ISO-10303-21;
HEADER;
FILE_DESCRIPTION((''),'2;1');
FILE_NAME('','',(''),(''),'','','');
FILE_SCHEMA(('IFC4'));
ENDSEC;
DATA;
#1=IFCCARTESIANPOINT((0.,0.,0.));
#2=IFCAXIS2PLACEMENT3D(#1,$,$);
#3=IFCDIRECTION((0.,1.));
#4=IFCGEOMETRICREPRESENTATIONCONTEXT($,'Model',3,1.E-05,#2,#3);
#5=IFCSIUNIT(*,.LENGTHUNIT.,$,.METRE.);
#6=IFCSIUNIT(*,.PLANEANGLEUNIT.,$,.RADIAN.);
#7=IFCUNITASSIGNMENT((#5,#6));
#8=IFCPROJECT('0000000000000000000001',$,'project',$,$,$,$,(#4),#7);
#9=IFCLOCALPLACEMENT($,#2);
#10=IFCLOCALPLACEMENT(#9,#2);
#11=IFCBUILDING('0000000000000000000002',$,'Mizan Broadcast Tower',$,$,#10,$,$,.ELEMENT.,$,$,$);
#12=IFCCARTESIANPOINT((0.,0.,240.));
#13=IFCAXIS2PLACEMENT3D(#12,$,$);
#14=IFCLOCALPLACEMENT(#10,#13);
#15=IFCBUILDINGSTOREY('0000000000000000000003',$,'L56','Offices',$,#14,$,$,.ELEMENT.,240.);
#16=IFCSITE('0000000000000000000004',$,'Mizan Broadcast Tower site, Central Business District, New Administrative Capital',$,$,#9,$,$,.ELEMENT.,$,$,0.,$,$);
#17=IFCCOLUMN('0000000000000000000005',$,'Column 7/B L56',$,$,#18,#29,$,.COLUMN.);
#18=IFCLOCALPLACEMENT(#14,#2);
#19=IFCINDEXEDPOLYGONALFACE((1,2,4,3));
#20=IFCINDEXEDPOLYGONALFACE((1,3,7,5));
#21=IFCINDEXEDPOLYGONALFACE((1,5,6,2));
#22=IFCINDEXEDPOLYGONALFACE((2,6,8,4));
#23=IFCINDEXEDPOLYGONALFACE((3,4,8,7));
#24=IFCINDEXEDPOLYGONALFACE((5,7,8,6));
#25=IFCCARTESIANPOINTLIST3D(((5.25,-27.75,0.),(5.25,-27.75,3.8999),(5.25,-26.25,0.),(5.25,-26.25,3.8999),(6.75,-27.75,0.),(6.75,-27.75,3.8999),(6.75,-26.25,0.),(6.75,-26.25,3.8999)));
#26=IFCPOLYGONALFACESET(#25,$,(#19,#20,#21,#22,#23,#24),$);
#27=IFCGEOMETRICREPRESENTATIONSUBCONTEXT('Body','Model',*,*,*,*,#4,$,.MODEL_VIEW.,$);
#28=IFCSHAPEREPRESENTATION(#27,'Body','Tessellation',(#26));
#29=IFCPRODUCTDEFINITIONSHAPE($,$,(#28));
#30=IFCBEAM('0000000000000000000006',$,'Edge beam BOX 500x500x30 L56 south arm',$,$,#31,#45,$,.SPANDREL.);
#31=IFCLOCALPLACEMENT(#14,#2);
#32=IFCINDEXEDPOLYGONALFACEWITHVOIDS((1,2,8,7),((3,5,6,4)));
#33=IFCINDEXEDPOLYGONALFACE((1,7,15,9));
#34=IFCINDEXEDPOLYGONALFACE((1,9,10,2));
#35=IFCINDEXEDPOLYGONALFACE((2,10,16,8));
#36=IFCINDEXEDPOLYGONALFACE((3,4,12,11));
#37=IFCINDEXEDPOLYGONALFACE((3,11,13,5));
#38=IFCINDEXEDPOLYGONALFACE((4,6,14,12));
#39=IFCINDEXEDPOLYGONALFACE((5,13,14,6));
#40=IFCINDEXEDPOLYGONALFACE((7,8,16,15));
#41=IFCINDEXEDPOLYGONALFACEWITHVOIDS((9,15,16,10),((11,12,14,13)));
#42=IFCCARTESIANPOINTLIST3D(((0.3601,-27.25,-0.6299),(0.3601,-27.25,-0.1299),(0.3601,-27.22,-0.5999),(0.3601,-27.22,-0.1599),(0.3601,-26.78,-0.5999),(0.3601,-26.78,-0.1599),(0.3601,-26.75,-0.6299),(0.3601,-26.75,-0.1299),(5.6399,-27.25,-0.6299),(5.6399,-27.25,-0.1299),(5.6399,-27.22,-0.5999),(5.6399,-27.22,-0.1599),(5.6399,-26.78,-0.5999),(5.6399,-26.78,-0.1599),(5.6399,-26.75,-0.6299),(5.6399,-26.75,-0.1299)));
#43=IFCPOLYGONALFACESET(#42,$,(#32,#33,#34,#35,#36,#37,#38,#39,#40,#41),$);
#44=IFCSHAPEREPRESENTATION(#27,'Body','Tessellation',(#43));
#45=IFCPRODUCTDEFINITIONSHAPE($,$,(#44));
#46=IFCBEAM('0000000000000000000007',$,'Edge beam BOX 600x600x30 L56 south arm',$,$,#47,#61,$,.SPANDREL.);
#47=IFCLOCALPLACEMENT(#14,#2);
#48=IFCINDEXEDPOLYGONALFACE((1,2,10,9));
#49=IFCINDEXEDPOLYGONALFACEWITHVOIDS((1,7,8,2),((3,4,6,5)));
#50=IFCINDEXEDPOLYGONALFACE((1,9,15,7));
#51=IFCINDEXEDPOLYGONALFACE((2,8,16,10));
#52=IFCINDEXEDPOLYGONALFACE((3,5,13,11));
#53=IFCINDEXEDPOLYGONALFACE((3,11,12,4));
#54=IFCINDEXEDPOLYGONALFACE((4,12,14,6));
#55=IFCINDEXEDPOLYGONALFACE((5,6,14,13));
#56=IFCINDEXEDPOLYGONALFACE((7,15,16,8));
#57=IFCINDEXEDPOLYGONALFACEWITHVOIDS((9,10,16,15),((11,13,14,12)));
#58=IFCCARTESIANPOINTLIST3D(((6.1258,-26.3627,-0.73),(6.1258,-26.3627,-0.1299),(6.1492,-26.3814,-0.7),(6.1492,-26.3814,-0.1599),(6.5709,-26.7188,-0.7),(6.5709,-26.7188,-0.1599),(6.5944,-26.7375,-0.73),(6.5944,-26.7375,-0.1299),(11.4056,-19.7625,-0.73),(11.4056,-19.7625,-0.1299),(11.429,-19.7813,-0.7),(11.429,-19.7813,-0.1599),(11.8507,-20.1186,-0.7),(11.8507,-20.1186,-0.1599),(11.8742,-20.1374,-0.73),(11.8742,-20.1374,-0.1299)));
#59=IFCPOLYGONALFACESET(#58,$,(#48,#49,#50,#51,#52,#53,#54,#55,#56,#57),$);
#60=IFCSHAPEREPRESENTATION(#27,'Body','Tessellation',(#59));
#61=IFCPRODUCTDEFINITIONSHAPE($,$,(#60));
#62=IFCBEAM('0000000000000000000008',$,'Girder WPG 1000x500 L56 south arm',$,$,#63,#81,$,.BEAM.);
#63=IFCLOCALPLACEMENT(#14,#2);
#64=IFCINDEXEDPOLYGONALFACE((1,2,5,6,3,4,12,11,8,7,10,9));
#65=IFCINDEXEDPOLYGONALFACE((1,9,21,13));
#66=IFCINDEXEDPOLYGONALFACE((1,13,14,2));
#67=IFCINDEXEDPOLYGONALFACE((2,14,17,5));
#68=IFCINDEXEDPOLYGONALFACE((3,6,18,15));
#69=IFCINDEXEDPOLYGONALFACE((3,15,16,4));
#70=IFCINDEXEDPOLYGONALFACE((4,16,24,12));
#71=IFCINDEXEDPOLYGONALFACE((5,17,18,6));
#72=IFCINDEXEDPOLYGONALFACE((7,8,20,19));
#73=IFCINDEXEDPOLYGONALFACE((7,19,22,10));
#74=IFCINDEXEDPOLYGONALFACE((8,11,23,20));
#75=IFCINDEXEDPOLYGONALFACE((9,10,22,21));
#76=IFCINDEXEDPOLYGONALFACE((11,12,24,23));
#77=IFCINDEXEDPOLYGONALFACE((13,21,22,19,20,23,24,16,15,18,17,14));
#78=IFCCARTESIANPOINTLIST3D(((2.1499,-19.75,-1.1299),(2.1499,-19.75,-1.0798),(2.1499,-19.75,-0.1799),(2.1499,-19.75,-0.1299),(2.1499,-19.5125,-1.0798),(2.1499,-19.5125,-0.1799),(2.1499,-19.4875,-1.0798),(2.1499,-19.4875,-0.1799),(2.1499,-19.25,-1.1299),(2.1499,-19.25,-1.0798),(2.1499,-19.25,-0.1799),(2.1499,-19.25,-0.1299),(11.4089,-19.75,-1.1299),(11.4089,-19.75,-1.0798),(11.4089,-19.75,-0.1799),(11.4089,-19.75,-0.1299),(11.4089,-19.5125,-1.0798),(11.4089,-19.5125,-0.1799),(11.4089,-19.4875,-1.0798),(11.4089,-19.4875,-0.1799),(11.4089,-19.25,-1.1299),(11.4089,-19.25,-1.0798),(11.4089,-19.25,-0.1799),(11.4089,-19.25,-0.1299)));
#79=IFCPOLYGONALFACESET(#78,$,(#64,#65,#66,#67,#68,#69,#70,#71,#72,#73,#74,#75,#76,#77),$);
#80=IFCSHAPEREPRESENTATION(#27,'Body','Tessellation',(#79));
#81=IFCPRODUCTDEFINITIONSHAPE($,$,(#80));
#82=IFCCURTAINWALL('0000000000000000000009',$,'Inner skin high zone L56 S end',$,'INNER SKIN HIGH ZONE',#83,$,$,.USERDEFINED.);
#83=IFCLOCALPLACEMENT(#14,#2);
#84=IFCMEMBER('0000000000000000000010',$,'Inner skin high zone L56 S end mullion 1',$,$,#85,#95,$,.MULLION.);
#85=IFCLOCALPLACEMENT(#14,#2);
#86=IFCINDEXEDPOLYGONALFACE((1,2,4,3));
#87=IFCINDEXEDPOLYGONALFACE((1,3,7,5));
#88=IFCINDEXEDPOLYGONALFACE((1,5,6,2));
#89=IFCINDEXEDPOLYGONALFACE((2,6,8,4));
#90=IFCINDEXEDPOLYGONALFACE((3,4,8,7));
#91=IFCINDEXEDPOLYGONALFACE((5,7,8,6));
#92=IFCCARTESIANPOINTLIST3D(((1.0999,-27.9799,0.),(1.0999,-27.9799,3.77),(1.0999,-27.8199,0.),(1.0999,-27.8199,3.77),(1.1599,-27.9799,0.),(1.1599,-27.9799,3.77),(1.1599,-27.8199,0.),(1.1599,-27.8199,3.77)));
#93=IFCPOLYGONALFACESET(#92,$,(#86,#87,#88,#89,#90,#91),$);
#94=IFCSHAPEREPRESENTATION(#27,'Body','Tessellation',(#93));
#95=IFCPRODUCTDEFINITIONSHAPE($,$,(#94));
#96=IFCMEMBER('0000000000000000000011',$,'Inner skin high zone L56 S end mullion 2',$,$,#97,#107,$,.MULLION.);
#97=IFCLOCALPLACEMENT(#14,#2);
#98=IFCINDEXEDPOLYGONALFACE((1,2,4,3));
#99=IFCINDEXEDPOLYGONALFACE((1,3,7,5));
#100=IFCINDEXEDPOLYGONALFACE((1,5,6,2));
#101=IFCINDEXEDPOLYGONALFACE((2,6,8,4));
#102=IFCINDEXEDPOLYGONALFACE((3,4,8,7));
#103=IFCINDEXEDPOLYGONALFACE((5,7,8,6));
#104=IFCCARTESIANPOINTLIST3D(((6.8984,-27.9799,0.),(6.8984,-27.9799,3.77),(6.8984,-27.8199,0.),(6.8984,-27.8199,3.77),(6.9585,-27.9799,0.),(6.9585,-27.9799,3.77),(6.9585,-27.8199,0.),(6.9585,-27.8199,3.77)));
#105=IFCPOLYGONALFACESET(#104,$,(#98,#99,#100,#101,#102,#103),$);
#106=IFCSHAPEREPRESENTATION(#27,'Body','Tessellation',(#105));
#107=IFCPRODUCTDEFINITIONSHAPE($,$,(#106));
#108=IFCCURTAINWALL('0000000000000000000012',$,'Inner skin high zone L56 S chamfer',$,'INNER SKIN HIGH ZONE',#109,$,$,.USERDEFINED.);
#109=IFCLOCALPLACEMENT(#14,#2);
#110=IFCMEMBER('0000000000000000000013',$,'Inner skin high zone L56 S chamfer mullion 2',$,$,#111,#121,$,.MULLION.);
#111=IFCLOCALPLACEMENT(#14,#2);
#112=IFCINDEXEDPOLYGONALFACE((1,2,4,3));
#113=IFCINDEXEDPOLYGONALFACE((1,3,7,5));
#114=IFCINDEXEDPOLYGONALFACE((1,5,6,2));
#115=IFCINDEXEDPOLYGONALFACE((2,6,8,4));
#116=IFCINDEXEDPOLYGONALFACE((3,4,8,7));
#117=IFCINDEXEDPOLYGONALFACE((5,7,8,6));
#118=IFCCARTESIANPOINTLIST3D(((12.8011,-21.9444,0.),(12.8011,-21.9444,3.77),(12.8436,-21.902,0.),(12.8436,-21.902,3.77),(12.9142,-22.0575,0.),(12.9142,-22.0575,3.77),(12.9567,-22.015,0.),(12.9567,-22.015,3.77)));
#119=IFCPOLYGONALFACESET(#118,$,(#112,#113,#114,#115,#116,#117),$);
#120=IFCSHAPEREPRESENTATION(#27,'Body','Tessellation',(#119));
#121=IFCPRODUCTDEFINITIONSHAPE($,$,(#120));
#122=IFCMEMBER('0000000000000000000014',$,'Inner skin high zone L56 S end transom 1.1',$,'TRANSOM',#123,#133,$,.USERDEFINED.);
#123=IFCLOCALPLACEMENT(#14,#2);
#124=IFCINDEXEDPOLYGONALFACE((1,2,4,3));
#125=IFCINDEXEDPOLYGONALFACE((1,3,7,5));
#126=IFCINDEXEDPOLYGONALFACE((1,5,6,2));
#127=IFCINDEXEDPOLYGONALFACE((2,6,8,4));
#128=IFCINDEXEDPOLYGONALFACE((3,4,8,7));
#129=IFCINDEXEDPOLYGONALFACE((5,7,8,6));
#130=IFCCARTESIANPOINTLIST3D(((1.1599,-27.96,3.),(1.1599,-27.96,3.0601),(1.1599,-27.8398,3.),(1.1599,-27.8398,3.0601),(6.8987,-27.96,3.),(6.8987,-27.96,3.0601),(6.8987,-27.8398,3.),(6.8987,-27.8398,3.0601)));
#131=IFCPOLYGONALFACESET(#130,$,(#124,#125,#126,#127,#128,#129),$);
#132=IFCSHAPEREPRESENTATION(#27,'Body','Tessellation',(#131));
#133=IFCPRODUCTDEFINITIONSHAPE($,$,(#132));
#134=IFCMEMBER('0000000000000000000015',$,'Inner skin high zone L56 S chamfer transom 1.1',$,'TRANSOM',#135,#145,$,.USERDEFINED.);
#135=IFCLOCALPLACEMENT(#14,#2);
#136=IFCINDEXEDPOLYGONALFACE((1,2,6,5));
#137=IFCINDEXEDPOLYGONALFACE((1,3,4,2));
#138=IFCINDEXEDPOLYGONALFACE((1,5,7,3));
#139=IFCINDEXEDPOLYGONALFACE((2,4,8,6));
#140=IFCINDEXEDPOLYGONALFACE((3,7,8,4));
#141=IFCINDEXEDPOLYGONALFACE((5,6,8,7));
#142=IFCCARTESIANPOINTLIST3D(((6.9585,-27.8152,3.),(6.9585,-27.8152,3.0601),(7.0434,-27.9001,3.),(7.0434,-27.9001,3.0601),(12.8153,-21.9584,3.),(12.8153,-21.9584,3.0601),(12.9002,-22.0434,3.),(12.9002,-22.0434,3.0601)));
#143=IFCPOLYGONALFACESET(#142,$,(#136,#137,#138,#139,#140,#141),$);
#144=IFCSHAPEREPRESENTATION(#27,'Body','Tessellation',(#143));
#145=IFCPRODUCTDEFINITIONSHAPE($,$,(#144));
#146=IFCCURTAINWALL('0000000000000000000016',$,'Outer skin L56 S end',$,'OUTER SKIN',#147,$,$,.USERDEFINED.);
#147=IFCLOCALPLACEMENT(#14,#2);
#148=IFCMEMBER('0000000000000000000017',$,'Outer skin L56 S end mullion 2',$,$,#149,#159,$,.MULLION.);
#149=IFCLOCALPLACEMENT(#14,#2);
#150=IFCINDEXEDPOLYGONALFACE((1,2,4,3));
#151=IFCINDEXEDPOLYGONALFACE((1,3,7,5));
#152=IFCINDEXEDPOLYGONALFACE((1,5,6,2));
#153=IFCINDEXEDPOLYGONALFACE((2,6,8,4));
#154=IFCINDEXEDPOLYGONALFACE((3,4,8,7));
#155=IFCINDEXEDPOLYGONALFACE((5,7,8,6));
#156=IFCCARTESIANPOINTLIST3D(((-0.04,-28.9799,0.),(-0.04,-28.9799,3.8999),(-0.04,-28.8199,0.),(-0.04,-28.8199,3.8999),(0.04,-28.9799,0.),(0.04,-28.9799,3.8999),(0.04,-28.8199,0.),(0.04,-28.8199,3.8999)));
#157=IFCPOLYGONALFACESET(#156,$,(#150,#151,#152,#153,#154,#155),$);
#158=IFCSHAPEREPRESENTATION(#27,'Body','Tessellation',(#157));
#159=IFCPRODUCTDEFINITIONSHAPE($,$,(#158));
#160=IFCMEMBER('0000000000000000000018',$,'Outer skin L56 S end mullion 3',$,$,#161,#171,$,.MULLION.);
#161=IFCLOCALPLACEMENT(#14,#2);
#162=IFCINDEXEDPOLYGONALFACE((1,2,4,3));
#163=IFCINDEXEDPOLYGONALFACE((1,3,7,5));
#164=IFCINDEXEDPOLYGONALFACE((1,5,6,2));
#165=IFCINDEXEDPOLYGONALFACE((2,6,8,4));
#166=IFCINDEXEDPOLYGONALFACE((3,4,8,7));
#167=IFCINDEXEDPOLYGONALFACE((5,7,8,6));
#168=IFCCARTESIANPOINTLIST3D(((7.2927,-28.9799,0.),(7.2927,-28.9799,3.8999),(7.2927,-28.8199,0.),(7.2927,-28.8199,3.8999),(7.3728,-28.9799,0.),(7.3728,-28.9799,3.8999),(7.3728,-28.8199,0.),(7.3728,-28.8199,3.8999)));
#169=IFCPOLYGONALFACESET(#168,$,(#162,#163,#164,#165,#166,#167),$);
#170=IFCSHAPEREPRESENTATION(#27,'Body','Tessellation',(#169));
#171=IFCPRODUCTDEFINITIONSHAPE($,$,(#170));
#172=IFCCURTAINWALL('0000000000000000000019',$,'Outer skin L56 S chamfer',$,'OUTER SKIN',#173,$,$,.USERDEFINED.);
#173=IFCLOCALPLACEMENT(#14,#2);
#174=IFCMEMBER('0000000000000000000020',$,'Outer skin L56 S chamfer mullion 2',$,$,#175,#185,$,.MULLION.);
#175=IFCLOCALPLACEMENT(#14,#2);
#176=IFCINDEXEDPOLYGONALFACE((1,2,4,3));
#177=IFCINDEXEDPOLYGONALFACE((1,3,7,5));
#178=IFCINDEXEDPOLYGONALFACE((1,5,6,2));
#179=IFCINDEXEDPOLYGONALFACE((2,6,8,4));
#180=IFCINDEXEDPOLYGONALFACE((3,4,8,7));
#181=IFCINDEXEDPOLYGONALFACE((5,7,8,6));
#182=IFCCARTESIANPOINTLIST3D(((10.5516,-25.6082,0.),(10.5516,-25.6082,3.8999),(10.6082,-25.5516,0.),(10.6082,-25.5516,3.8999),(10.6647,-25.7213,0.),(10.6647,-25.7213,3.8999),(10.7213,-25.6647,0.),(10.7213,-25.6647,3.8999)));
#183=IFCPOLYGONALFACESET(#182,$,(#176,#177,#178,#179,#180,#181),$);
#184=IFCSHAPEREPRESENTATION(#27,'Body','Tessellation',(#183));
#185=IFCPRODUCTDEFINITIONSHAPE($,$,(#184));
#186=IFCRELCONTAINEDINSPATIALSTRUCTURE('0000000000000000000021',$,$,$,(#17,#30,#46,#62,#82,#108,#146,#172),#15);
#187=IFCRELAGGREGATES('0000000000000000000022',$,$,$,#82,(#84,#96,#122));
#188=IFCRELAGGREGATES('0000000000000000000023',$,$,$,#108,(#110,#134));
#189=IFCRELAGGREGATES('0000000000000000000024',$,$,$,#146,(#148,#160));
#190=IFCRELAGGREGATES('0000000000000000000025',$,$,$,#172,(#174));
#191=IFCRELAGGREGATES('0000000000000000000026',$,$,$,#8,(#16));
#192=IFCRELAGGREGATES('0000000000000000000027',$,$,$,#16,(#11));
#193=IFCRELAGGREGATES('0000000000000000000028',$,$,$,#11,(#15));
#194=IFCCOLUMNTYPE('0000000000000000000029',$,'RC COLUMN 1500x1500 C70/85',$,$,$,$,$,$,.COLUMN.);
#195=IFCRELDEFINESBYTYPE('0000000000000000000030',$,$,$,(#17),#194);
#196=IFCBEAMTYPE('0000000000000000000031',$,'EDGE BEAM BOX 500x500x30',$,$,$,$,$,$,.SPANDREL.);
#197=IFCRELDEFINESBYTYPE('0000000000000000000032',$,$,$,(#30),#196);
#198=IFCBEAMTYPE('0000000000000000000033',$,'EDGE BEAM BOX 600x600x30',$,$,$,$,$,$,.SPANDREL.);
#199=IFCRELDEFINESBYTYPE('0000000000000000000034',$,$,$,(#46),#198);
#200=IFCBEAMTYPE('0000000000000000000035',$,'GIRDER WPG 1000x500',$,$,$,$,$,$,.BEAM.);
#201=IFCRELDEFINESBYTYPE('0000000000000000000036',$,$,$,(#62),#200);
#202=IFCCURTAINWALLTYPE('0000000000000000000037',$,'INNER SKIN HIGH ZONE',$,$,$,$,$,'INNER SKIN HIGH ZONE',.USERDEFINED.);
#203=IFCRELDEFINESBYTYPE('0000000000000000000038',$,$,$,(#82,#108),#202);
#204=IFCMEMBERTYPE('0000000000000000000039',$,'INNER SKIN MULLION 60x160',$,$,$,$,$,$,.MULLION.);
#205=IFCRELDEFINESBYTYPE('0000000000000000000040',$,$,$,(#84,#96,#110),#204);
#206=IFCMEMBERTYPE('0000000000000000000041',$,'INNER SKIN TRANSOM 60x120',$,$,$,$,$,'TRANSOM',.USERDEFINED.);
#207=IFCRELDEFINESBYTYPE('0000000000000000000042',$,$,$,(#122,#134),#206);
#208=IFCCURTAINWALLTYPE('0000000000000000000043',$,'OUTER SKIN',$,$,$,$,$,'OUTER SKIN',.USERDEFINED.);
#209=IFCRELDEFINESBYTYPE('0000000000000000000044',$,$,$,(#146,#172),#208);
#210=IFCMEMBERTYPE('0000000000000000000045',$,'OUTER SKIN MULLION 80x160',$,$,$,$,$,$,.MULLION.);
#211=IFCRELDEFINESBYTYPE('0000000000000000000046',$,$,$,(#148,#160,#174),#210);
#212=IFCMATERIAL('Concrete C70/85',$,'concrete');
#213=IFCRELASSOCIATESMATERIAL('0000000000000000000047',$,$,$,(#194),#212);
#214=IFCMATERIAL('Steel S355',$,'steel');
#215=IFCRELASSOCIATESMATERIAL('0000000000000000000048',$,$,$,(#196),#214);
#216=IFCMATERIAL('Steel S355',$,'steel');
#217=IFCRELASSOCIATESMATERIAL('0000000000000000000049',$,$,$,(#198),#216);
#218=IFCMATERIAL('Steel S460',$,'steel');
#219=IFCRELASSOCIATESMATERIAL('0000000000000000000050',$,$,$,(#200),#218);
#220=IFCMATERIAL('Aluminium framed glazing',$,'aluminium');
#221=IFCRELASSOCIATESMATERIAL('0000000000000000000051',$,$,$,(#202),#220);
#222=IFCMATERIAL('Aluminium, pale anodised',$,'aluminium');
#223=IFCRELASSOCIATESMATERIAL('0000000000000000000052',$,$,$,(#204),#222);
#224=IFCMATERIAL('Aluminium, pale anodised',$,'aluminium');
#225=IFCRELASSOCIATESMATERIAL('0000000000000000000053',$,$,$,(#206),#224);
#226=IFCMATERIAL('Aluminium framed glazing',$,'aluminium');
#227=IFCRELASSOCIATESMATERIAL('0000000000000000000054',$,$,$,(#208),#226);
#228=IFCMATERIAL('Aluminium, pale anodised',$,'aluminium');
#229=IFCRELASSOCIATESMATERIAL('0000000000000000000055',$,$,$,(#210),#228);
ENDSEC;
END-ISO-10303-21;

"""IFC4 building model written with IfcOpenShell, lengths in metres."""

from ifc_helpers import new_model, si_unit, direction, frame, origin, origin_2d, place, context, subcontext, project, spatial, rectangle, hollow_rectangle, i_section, extrude, material, material_profile, profile_set, type_object, element, aggregate, save


model = new_model("IFC4")

# Units and contexts
model_context = context("Model", 3, precision=1e-05, world=origin(), true_north=direction((0.0, 1.0)))
body_context = subcontext(model_context, "Body", "Model", "MODEL_VIEW")
ifc_project = project(units=[si_unit("LENGTHUNIT", "METRE"), si_unit("PLANEANGLEUNIT", "RADIAN")], contexts=[model_context])

# Site, building, storey
site_placement = place(None, origin())
site = spatial("IfcSite", under=ifc_project, at=site_placement, Name="Mizan Broadcast Tower site, Central Business District, New Administrative Capital", CompositionType="ELEMENT", RefElevation=0.0)
building_placement = place(site_placement, origin())
building = spatial("IfcBuilding", under=site, at=building_placement, Name="Mizan Broadcast Tower", CompositionType="ELEMENT")
storey_placement = place(building_placement, frame((0.0, 0.0, 240.0)))
storey = spatial("IfcBuildingStorey", under=building, at=storey_placement, Name="L56", Description="Offices", CompositionType="ELEMENT", Elevation=240.0)

# Column
ifc_material_1 = material(Name="Concrete C70/85", Category="concrete")
ifc_material_profile_1 = material_profile(ifc_material_1, rectangle(XDim=1.5, YDim=1.5, at=origin_2d()), Name="RC 1500x1500")
ifc_profile_set_1 = profile_set([ifc_material_profile_1], Name="Concrete C70/85")
column_type = type_object("IfcColumnType", Name="RC COLUMN 1500x1500 C70/85", PredefinedType="COLUMN", material=ifc_profile_set_1)
column_placement = place(storey_placement, frame((6.0, -27.0, 0.0), z_axis=(0.0, 0.0, 1.0), x_axis=(1.0, 0.0, 0.0)))
element("IfcColumn", 1, at=column_placement, inside=storey, type_object=column_type, Name="Column 7/B L56", PredefinedType="COLUMN", context=body_context, shape_type="SweptSolid", body=[
    extrude(rectangle(XDim=1.5, YDim=1.5, at=origin_2d()), origin(), (0.0, 0.0, 1.0), 3.8999),
])

# Beams
ifc_material_2 = material(Name="Steel S355", Category="steel")
ifc_material_profile_2 = material_profile(ifc_material_2, hollow_rectangle(XDim=0.5, YDim=0.5, WallThickness=0.03, at=origin_2d()), Name="BOX 500x500x30")
ifc_profile_set_2 = profile_set([ifc_material_profile_2], Name="Steel S355")
beam_type_1 = type_object("IfcBeamType", Name="EDGE BEAM BOX 500x500x30", PredefinedType="SPANDREL", material=ifc_profile_set_2)
beam_1_placement = place(storey_placement, frame((5.6399, -27.0, -0.3799), z_axis=(-1.0, 0.0, 0.0), x_axis=(0.0, -1.0, 0.0)))
element("IfcBeam", 2, at=beam_1_placement, inside=storey, type_object=beam_type_1, Name="Edge beam BOX 500x500x30 L56 south arm", PredefinedType="SPANDREL", context=body_context, shape_type="SweptSolid", body=[
    extrude(hollow_rectangle(XDim=0.5, YDim=0.5, WallThickness=0.03, at=origin_2d()), origin(), (0.0, 0.0, 1.0), 5.2798),
])
ifc_material_3 = material(Name="Steel S355", Category="steel")
ifc_material_profile_3 = material_profile(ifc_material_3, hollow_rectangle(XDim=0.6001, YDim=0.6001, WallThickness=0.03, at=origin_2d()), Name="BOX 600x600x30")
ifc_profile_set_3 = profile_set([ifc_material_profile_3], Name="Steel S355")
beam_type_2 = type_object("IfcBeamType", Name="EDGE BEAM BOX 600x600x30", PredefinedType="SPANDREL", material=ifc_profile_set_3)
beam_2_placement = place(storey_placement, frame((11.6399, -19.95, -0.4299), z_axis=(-0.624674, -0.780886, 0.0), x_axis=(0.780886, -0.624674, 0.0)))
element("IfcBeam", 3, at=beam_2_placement, inside=storey, type_object=beam_type_2, Name="Edge beam BOX 600x600x30 L56 south arm", PredefinedType="SPANDREL", context=body_context, shape_type="SweptSolid", body=[
    extrude(hollow_rectangle(XDim=0.6001, YDim=0.6001, WallThickness=0.03, at=origin_2d()), origin(), (0.0, 0.0, 1.0), 8.4521),
])
ifc_material_4 = material(Name="Steel S460", Category="steel")
ifc_material_profile_4 = material_profile(ifc_material_4, i_section(OverallWidth=0.5, OverallDepth=1.0, WebThickness=0.0249, FlangeThickness=0.05, at=origin_2d()), Name="WPG 1000x500")
ifc_profile_set_4 = profile_set([ifc_material_profile_4], Name="Steel S460")
beam_type_3 = type_object("IfcBeamType", Name="GIRDER WPG 1000x500", PredefinedType="BEAM", material=ifc_profile_set_4)
beam_3_placement = place(storey_placement, frame((11.4089, -19.5, -0.6299), z_axis=(-1.0, 0.0, 0.0), x_axis=(0.0, -1.0, 0.0)))
element("IfcBeam", 4, at=beam_3_placement, inside=storey, type_object=beam_type_3, Name="Girder WPG 1000x500 L56 south arm", PredefinedType="BEAM", context=body_context, shape_type="SweptSolid", body=[
    extrude(i_section(OverallWidth=0.5, OverallDepth=1.0, WebThickness=0.0249, FlangeThickness=0.05, at=origin_2d()), origin(), (0.0, 0.0, 1.0), 9.259),
])

# Curtain wall, members
ifc_material_5 = material(Name="Aluminium framed glazing", Category="aluminium")
curtain_wall_type_1 = type_object("IfcCurtainWallType", Name="INNER SKIN HIGH ZONE", ElementType="INNER SKIN HIGH ZONE", PredefinedType="USERDEFINED", material=ifc_material_5)
curtain_wall_1_placement = place(storey_placement, origin())
curtain_wall_1 = element("IfcCurtainWall", 5, at=curtain_wall_1_placement, inside=storey, type_object=curtain_wall_type_1, Name="Inner skin high zone L56 S end", ObjectType="INNER SKIN HIGH ZONE", PredefinedType="USERDEFINED")
ifc_material_6 = material(Name="Aluminium, pale anodised", Category="aluminium")
ifc_material_profile_5 = material_profile(ifc_material_6, rectangle(XDim=0.1599, YDim=0.0601, at=origin_2d()), Name="MULLION 160x60")
ifc_profile_set_5 = profile_set([ifc_material_profile_5], Name="Aluminium, pale anodised")
member_type_1 = type_object("IfcMemberType", Name="INNER SKIN MULLION 60x160", PredefinedType="MULLION", material=ifc_profile_set_5)
member_1_placement = place(storey_placement, frame((1.1299, -27.8999, 0.0), z_axis=(0.0, 0.0, 1.0), x_axis=(0.0, 1.0, 0.0)))
member_1 = element("IfcMember", 6, at=member_1_placement, type_object=member_type_1, Name="Inner skin high zone L56 S end mullion 1", PredefinedType="MULLION", context=body_context, shape_type="SweptSolid", body=[
    extrude(rectangle(XDim=0.1599, YDim=0.0601, at=origin_2d()), origin(), (0.0, 0.0, 1.0), 3.77),
])
member_2_placement = place(storey_placement, frame((6.9285, -27.8999, 0.0), z_axis=(0.0, 0.0, 1.0), x_axis=(0.0, 1.0, 0.0)))
member_2 = element("IfcMember", 7, at=member_2_placement, type_object=member_type_1, Name="Inner skin high zone L56 S end mullion 2", PredefinedType="MULLION", context=body_context, shape_type="SweptSolid", body=[
    extrude(rectangle(XDim=0.1599, YDim=0.0601, at=origin_2d()), origin(), (0.0, 0.0, 1.0), 3.77),
])

# Curtain wall, member
curtain_wall_2_placement = place(storey_placement, origin())
curtain_wall_2 = element("IfcCurtainWall", 8, at=curtain_wall_2_placement, inside=storey, type_object=curtain_wall_type_1, Name="Inner skin high zone L56 S chamfer", ObjectType="INNER SKIN HIGH ZONE", PredefinedType="USERDEFINED")
member_3_placement = place(storey_placement, frame((12.8789, -21.9797, 0.0), z_axis=(0.0, 0.0, 1.0), x_axis=(-0.707107, 0.707107, 0.0)))
member_3 = element("IfcMember", 9, at=member_3_placement, type_object=member_type_1, Name="Inner skin high zone L56 S chamfer mullion 2", PredefinedType="MULLION", context=body_context, shape_type="SweptSolid", body=[
    extrude(rectangle(XDim=0.1599, YDim=0.0601, at=origin_2d()), origin(), (0.0, 0.0, 1.0), 3.77),
])

# Members
ifc_material_7 = material(Name="Aluminium, pale anodised", Category="aluminium")
ifc_material_profile_6 = material_profile(ifc_material_7, rectangle(XDim=0.1201, YDim=0.0601, at=origin_2d()), Name="TRANSOM 120x60")
ifc_profile_set_6 = profile_set([ifc_material_profile_6], Name="Aluminium, pale anodised")
member_type_2 = type_object("IfcMemberType", Name="INNER SKIN TRANSOM 60x120", ElementType="TRANSOM", PredefinedType="USERDEFINED", material=ifc_profile_set_6)
member_4_placement = place(storey_placement, frame((1.1599, -27.8999, 3.03), z_axis=(1.0, 0.0, 0.0), x_axis=(0.0, 1.0, 0.0)))
member_4 = element("IfcMember", 10, at=member_4_placement, type_object=member_type_2, Name="Inner skin high zone L56 S end transom 1.1", ObjectType="TRANSOM", PredefinedType="USERDEFINED", context=body_context, shape_type="SweptSolid", body=[
    extrude(rectangle(XDim=0.1201, YDim=0.0601, at=origin_2d()), origin(), (0.0, 0.0, 1.0), 5.7388),
])
member_5_placement = place(storey_placement, frame((7.001, -27.8577, 3.03), z_axis=(0.707107, 0.707107, 0.0), x_axis=(-0.707107, 0.707107, 0.0)))
member_5 = element("IfcMember", 11, at=member_5_placement, type_object=member_type_2, Name="Inner skin high zone L56 S chamfer transom 1.1", ObjectType="TRANSOM", PredefinedType="USERDEFINED", context=body_context, shape_type="SweptSolid", body=[
    extrude(rectangle(XDim=0.1201, YDim=0.0601, at=origin_2d()), origin(), (0.0, 0.0, 1.0), 8.2827),
])

# Curtain wall, members
ifc_material_8 = material(Name="Aluminium framed glazing", Category="aluminium")
curtain_wall_type_2 = type_object("IfcCurtainWallType", Name="OUTER SKIN", ElementType="OUTER SKIN", PredefinedType="USERDEFINED", material=ifc_material_8)
curtain_wall_3_placement = place(storey_placement, origin())
curtain_wall_3 = element("IfcCurtainWall", 12, at=curtain_wall_3_placement, inside=storey, type_object=curtain_wall_type_2, Name="Outer skin L56 S end", ObjectType="OUTER SKIN", PredefinedType="USERDEFINED")
ifc_material_9 = material(Name="Aluminium, pale anodised", Category="aluminium")
ifc_material_profile_7 = material_profile(ifc_material_9, rectangle(XDim=0.1599, YDim=0.0801, at=origin_2d()), Name="MULLION 160x80")
ifc_profile_set_7 = profile_set([ifc_material_profile_7], Name="Aluminium, pale anodised")
member_type_3 = type_object("IfcMemberType", Name="OUTER SKIN MULLION 80x160", PredefinedType="MULLION", material=ifc_profile_set_7)
member_6_placement = place(storey_placement, frame((0.0, -28.8999, 0.0), z_axis=(0.0, 0.0, 1.0), x_axis=(0.0, 1.0, 0.0)))
member_6 = element("IfcMember", 13, at=member_6_placement, type_object=member_type_3, Name="Outer skin L56 S end mullion 2", PredefinedType="MULLION", context=body_context, shape_type="SweptSolid", body=[
    extrude(rectangle(XDim=0.1599, YDim=0.0801, at=origin_2d()), origin(), (0.0, 0.0, 1.0), 3.8999),
])
member_7_placement = place(storey_placement, frame((7.3328, -28.8999, 0.0), z_axis=(0.0, 0.0, 1.0), x_axis=(0.0, 1.0, 0.0)))
member_7 = element("IfcMember", 14, at=member_7_placement, type_object=member_type_3, Name="Outer skin L56 S end mullion 3", PredefinedType="MULLION", context=body_context, shape_type="SweptSolid", body=[
    extrude(rectangle(XDim=0.1599, YDim=0.0801, at=origin_2d()), origin(), (0.0, 0.0, 1.0), 3.8999),
])

# Curtain wall, member
curtain_wall_4_placement = place(storey_placement, origin())
curtain_wall_4 = element("IfcCurtainWall", 15, at=curtain_wall_4_placement, inside=storey, type_object=curtain_wall_type_2, Name="Outer skin L56 S chamfer", ObjectType="OUTER SKIN", PredefinedType="USERDEFINED")
member_8_placement = place(storey_placement, frame((10.6365, -25.6365, 0.0), z_axis=(0.0, 0.0, 1.0), x_axis=(-0.707107, 0.707107, 0.0)))
member_8 = element("IfcMember", 16, at=member_8_placement, type_object=member_type_3, Name="Outer skin L56 S chamfer mullion 2", PredefinedType="MULLION", context=body_context, shape_type="SweptSolid", body=[
    extrude(rectangle(XDim=0.1599, YDim=0.0801, at=origin_2d()), origin(), (0.0, 0.0, 1.0), 3.8999),
])

aggregate(curtain_wall_1, [member_1, member_2, member_4])
aggregate(curtain_wall_2, [member_3, member_5])
aggregate(curtain_wall_3, [member_6, member_7])
aggregate(curtain_wall_4, [member_8])

save(model, "model.ifc")
